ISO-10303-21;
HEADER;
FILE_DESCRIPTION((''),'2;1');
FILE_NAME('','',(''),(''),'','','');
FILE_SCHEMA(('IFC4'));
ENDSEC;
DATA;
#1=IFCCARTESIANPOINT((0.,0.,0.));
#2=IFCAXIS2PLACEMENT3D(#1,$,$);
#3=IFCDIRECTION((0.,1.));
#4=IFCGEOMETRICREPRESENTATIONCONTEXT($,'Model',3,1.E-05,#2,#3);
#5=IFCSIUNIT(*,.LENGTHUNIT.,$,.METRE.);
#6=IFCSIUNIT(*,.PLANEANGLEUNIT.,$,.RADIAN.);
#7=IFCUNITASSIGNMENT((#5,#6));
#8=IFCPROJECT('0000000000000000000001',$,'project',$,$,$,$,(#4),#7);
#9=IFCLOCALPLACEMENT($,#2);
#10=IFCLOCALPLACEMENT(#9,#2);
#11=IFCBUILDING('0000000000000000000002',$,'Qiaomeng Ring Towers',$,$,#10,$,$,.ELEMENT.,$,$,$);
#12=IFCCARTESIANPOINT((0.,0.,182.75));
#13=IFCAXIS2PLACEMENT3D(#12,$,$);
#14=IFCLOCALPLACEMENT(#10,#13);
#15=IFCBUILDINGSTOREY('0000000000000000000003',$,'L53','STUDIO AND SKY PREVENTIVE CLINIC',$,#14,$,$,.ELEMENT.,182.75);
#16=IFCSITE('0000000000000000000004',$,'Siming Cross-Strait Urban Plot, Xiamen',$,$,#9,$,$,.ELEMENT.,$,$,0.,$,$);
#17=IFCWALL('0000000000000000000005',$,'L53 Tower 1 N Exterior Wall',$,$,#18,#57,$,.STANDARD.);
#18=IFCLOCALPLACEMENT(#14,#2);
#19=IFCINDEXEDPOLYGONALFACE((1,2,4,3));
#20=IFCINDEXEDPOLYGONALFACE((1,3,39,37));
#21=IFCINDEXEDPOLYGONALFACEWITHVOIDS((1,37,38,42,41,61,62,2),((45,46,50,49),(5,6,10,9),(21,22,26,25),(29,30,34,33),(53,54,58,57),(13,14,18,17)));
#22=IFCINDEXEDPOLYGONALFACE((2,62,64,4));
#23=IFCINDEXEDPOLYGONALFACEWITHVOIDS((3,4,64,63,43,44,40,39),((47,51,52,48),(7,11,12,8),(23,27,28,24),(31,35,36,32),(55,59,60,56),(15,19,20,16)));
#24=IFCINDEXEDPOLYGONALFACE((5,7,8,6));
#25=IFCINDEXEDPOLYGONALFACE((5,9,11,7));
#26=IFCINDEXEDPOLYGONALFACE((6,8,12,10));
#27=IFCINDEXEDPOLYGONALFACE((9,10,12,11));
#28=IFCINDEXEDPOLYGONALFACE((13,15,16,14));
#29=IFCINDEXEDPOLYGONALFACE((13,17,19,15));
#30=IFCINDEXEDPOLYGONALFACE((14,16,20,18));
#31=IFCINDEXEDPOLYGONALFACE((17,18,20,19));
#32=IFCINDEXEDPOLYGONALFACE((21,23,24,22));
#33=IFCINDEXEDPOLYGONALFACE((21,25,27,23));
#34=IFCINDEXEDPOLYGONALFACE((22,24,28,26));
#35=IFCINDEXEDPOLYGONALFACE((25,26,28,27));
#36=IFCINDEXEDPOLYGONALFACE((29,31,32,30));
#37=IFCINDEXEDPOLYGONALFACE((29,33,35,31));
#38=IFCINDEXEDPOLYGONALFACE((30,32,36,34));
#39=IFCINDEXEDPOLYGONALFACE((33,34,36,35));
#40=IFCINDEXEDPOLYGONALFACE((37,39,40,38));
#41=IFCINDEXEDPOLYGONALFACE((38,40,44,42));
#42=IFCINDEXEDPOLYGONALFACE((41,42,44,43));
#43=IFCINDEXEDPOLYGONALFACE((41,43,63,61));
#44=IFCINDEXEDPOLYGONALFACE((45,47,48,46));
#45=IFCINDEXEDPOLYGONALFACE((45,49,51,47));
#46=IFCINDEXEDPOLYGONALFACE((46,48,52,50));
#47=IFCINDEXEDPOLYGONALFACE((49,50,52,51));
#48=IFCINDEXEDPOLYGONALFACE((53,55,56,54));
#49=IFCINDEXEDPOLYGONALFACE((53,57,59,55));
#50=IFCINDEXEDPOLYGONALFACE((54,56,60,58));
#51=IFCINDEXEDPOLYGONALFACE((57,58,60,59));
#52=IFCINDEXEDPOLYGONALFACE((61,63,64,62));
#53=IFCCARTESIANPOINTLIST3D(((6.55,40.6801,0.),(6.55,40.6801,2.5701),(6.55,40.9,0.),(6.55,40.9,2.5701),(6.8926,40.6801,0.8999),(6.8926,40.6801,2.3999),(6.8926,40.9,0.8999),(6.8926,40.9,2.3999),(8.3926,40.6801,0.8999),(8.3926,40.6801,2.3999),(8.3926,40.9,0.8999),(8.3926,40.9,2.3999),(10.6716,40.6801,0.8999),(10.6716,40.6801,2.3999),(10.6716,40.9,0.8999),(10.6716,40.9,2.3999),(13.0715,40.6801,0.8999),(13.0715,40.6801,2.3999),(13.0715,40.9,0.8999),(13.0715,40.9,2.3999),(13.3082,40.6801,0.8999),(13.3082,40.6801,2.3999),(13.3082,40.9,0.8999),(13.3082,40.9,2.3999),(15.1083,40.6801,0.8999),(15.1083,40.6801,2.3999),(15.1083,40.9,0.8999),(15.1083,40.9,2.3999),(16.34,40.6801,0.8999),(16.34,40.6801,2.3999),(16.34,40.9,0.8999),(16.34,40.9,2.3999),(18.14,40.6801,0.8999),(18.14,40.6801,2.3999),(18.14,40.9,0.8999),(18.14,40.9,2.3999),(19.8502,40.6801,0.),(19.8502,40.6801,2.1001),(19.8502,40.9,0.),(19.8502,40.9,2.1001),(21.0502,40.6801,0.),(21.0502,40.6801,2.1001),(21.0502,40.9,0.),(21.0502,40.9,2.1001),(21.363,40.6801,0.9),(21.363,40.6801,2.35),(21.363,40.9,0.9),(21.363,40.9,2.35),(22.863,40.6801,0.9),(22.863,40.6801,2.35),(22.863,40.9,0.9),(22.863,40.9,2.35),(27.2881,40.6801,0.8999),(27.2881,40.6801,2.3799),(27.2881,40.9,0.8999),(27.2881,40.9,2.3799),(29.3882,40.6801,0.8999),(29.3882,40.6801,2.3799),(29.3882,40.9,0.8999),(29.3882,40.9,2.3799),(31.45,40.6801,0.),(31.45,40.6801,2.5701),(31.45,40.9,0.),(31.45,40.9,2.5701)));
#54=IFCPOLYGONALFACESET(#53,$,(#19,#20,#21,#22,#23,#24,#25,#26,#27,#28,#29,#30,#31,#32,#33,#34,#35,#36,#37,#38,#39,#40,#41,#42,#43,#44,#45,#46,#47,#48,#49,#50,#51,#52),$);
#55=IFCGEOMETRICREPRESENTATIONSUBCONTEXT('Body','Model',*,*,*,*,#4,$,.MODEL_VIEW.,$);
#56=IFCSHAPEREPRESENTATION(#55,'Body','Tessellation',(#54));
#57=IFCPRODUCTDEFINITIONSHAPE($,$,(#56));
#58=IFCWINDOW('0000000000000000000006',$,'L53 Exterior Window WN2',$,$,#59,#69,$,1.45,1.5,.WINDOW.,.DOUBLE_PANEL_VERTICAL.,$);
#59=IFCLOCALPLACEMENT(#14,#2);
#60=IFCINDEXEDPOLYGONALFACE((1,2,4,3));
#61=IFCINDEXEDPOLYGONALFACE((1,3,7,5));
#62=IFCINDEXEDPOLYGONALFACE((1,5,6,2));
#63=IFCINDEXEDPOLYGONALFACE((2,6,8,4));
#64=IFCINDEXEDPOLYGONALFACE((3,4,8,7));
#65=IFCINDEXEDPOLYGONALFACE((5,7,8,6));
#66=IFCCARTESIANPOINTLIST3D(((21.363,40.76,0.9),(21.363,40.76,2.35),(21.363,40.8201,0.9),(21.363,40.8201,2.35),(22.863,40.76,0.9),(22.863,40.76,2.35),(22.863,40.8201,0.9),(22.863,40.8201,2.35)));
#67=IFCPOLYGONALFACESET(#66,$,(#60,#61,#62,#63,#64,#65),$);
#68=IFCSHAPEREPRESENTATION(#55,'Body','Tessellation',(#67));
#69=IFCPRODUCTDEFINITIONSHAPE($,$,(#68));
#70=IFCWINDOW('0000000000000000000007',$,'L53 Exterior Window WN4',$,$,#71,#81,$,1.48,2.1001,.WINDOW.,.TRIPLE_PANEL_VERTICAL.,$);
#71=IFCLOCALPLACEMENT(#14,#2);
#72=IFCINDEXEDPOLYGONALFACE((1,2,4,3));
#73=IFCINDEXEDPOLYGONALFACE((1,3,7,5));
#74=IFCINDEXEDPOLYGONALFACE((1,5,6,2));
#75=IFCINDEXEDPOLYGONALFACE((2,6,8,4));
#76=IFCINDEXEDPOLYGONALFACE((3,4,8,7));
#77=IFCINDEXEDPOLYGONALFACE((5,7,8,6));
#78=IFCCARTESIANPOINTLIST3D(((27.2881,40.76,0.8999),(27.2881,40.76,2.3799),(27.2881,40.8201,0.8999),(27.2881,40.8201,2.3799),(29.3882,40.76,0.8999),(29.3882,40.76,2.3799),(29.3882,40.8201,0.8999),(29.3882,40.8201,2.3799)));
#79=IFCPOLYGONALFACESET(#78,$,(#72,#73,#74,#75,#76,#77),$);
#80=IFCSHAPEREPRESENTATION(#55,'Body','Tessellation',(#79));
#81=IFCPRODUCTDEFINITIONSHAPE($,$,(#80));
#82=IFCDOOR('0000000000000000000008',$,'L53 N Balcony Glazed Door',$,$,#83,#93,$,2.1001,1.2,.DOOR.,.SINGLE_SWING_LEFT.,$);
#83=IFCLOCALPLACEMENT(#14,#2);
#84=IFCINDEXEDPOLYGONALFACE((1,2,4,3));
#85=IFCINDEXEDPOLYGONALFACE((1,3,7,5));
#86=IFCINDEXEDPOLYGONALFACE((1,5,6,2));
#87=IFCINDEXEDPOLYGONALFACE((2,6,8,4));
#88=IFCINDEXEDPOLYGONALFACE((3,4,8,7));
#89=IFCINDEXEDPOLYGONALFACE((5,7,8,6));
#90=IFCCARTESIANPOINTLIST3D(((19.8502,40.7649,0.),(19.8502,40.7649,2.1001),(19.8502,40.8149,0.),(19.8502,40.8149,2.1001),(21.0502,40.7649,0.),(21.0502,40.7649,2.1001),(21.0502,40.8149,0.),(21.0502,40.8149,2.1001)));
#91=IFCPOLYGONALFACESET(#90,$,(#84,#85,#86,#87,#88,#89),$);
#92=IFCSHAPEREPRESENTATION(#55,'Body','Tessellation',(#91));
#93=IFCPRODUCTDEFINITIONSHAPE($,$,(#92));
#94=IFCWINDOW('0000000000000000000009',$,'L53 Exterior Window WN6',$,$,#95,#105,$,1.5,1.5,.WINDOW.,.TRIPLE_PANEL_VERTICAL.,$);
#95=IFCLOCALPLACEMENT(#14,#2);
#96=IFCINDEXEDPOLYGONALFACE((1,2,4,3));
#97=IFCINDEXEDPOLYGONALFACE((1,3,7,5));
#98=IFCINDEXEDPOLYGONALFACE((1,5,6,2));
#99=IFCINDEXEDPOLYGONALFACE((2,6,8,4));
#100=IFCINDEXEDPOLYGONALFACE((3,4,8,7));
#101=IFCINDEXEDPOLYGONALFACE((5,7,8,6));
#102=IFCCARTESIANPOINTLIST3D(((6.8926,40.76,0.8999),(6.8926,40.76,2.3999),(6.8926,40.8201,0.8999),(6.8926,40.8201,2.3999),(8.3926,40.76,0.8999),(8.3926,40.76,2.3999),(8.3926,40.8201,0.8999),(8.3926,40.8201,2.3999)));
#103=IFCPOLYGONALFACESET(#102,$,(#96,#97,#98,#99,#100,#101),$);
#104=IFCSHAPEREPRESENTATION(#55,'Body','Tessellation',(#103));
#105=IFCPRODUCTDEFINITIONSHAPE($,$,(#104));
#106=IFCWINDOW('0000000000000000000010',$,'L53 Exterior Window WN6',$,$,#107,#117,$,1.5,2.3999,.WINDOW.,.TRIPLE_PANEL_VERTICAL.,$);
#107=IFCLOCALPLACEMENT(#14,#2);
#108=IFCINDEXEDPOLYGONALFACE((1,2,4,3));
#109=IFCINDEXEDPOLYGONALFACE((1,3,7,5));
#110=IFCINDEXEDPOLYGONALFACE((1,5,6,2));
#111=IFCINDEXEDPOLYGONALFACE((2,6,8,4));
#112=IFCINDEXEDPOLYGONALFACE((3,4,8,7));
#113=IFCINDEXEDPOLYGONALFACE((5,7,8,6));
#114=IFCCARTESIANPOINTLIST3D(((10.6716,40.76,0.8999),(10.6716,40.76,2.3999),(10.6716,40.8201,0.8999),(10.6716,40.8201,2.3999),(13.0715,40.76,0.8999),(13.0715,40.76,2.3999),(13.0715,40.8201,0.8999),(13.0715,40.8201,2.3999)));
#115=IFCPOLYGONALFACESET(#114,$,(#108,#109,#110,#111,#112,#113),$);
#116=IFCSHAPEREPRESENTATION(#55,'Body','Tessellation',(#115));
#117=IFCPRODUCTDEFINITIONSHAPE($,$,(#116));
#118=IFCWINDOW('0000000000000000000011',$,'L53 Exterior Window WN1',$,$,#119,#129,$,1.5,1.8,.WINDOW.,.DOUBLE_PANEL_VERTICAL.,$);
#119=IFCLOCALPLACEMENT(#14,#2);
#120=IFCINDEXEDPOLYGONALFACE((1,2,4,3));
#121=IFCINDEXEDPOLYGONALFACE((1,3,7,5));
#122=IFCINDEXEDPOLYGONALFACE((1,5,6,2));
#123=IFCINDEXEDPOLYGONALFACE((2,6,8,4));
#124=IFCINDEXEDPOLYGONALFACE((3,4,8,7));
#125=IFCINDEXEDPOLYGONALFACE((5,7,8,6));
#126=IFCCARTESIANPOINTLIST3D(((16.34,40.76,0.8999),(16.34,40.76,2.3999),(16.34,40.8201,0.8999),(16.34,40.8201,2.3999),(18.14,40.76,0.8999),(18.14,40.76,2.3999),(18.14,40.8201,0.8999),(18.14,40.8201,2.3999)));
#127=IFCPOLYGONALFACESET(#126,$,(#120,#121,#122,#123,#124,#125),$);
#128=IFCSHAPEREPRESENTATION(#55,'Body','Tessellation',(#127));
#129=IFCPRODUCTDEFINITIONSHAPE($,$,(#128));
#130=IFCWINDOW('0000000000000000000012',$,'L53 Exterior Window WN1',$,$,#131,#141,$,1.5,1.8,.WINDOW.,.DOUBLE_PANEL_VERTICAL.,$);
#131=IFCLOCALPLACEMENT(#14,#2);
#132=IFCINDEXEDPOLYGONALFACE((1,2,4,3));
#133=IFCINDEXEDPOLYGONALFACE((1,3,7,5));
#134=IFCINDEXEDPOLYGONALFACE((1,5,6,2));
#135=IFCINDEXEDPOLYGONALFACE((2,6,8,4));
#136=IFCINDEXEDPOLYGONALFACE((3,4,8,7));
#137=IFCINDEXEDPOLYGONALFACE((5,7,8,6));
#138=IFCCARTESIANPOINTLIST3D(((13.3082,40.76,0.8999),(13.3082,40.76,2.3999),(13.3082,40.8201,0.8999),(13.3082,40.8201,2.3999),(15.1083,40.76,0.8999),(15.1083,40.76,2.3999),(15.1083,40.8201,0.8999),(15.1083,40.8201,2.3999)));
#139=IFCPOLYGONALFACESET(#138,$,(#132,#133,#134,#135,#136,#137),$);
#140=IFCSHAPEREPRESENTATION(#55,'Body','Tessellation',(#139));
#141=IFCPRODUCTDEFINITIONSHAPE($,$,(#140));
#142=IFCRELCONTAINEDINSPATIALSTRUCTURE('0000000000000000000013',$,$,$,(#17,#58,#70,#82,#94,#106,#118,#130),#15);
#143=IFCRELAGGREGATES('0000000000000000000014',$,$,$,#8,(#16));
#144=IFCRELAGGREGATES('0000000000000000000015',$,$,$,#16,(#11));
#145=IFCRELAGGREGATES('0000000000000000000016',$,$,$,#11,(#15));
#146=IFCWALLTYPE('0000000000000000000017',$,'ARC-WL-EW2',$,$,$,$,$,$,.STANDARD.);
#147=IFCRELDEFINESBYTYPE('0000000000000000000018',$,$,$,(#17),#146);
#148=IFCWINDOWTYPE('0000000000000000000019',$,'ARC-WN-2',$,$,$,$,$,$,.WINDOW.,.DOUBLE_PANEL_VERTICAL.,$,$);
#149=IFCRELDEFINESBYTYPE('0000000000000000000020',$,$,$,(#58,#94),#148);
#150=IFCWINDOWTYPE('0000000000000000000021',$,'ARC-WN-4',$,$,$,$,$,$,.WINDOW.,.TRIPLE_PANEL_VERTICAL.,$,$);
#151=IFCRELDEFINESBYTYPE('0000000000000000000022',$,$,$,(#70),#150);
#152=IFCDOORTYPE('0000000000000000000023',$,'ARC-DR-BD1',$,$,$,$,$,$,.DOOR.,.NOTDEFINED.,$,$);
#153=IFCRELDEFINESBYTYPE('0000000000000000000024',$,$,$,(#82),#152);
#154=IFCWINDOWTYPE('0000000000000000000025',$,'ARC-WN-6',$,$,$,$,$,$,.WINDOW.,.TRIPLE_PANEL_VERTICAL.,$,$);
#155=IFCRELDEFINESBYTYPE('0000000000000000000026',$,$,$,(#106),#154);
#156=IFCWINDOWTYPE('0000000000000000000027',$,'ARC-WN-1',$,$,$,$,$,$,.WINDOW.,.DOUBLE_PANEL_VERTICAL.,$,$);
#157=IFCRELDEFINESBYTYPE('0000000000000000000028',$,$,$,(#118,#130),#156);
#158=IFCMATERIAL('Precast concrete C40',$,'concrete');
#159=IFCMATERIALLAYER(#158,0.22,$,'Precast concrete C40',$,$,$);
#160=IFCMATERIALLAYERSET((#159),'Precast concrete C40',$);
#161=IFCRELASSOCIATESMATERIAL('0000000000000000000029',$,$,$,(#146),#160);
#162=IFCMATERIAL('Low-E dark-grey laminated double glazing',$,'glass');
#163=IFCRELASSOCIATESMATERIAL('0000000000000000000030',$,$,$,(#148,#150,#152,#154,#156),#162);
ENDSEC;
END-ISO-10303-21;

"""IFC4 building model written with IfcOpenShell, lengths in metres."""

from ifc_helpers import new_model, si_unit, direction, frame, frame_2d, origin, place, context, subcontext, project, spatial, rectangle, extrude, source, transform, mapped, material, layer, layer_set, type_object, element, fill, save


model = new_model("IFC4")

# Units and contexts
model_context = context("Model", 3, precision=1e-05, world=origin(), true_north=direction((0.0, 1.0)))
body_context = subcontext(model_context, "Body", "Model", "MODEL_VIEW")
ifc_project = project(units=[si_unit("LENGTHUNIT", "METRE"), si_unit("PLANEANGLEUNIT", "RADIAN")], contexts=[model_context])

# Site, building, storey
site_placement = place(None, origin())
site = spatial("IfcSite", under=ifc_project, at=site_placement, Name="Siming Cross-Strait Urban Plot, Xiamen", CompositionType="ELEMENT", RefElevation=0.0)
building_placement = place(site_placement, origin())
building = spatial("IfcBuilding", under=site, at=building_placement, Name="Qiaomeng Ring Towers", CompositionType="ELEMENT")
storey_placement = place(building_placement, frame((0.0, 0.0, 182.75)))
storey = spatial("IfcBuildingStorey", under=building, at=storey_placement, Name="L53", Description="STUDIO AND SKY PREVENTIVE CLINIC", CompositionType="ELEMENT", Elevation=182.75)

# Wall, openings, windows, door
ifc_material_1 = material(Name="Precast concrete C40", Category="concrete")
ifc_layer = layer(ifc_material_1, 0.22, Name="Precast concrete C40")
ifc_layer_set = layer_set([ifc_layer], Name="Precast concrete C40")
wall_type = type_object("IfcWallType", Name="ARC-WL-EW2", PredefinedType="STANDARD", material=ifc_layer_set)
wall_placement = place(storey_placement, frame((6.55, 40.79, 0.0), z_axis=(0.0, 0.0, 1.0), x_axis=(1.0, 0.0, 0.0)))
wall = element("IfcWall", 1, at=wall_placement, inside=storey, type_object=wall_type, Name="L53 Tower 1 N Exterior Wall", PredefinedType="STANDARD", context=body_context, shape_type="SweptSolid", body=[
    extrude(rectangle(XDim=24.8999, YDim=0.22, at=frame_2d((12.45, 0.0))), origin(), (0.0, 0.0, 1.0), 2.5701),
])
opening_1_placement = place(wall_placement, frame((13.3, 0.0, 0.0)))
opening_1 = element("IfcOpeningElement", 2, at=opening_1_placement, cuts=wall, PredefinedType="OPENING", context=body_context, shape_type="SweptSolid", body=[
    extrude(rectangle(XDim=1.2, YDim=2.1001, at=frame_2d((0.6001, 1.05))), frame((0.0, 0.1199, 0.0), z_axis=(0.0, -1.0, 0.0), x_axis=(1.0, 0.0, 0.0)), (0.0, 0.0, 1.0), 0.24),
])
opening_2_placement = place(wall_placement, frame((0.3425, 0.0, 0.8999)))
opening_2 = element("IfcOpeningElement", 3, at=opening_2_placement, cuts=wall, PredefinedType="OPENING", context=body_context, shape_type="SweptSolid", body=[
    extrude(rectangle(XDim=1.5, YDim=1.5, at=frame_2d((0.75, 0.75))), frame((0.0, 0.1199, 0.0), z_axis=(0.0, -1.0, 0.0), x_axis=(1.0, 0.0, 0.0)), (0.0, 0.0, 1.0), 0.24),
])
opening_3_placement = place(wall_placement, frame((9.79, 0.0, 0.8999)))
opening_3 = element("IfcOpeningElement", 4, at=opening_3_placement, cuts=wall, PredefinedType="OPENING", context=body_context, shape_type="SweptSolid", body=[
    extrude(rectangle(XDim=1.8, YDim=1.5, at=frame_2d((0.8999, 0.75))), frame((0.0, 0.1199, 0.0), z_axis=(0.0, -1.0, 0.0), x_axis=(1.0, 0.0, 0.0)), (0.0, 0.0, 1.0), 0.24),
])
opening_4_placement = place(wall_placement, frame((14.813, 0.0, 0.8999)))
opening_4 = element("IfcOpeningElement", 5, at=opening_4_placement, cuts=wall, PredefinedType="OPENING", context=body_context, shape_type="SweptSolid", body=[
    extrude(rectangle(XDim=1.5, YDim=1.45, at=frame_2d((0.75, 0.7251))), frame((0.0, 0.1199, 0.0), z_axis=(0.0, -1.0, 0.0), x_axis=(1.0, 0.0, 0.0)), (0.0, 0.0, 1.0), 0.24),
])
opening_5_placement = place(wall_placement, frame((20.738, 0.0, 0.8999)))
opening_5 = element("IfcOpeningElement", 6, at=opening_5_placement, cuts=wall, PredefinedType="OPENING", context=body_context, shape_type="SweptSolid", body=[
    extrude(rectangle(XDim=2.1001, YDim=1.48, at=frame_2d((1.05, 0.74))), frame((0.0, 0.1199, 0.0), z_axis=(0.0, -1.0, 0.0), x_axis=(1.0, 0.0, 0.0)), (0.0, 0.0, 1.0), 0.24),
])
opening_6_placement = place(wall_placement, frame((4.1216, 0.0, 0.8999)))
opening_6 = element("IfcOpeningElement", 7, at=opening_6_placement, cuts=wall, PredefinedType="OPENING", context=body_context, shape_type="SweptSolid", body=[
    extrude(rectangle(XDim=2.3999, YDim=1.5, at=frame_2d((1.2, 0.75))), frame((0.0, 0.1199, 0.0), z_axis=(0.0, -1.0, 0.0), x_axis=(1.0, 0.0, 0.0)), (0.0, 0.0, 1.0), 0.24),
])
opening_7_placement = place(wall_placement, frame((6.7583, 0.0, 0.8999)))
opening_7 = element("IfcOpeningElement", 8, at=opening_7_placement, cuts=wall, PredefinedType="OPENING", context=body_context, shape_type="SweptSolid", body=[
    extrude(rectangle(XDim=1.8, YDim=1.5, at=frame_2d((0.8999, 0.75))), frame((0.0, 0.1199, 0.0), z_axis=(0.0, -1.0, 0.0), x_axis=(1.0, 0.0, 0.0)), (0.0, 0.0, 1.0), 0.24),
])
ifc_material_2 = material(Name="Low-E dark-grey laminated double glazing", Category="glass")
window_type_1 = type_object("IfcWindowType", Name="ARC-WN-2", PartitioningType="DOUBLE_PANEL_VERTICAL", PredefinedType="WINDOW", material=ifc_material_2)
shared_shape_1 = source(origin(), body_context, "Body", "SweptSolid", [
    extrude(rectangle(XDim=1.5, YDim=1.45, at=frame_2d((0.75, 0.7251))), frame((0.0, 0.03, 0.0), z_axis=(0.0, -1.0, 0.0), x_axis=(1.0, 0.0, 0.0)), (0.0, 0.0, 1.0), 0.0601),
])
window_1_placement = place(opening_4_placement, origin())
window_1 = element("IfcWindow", 9, at=window_1_placement, inside=storey, type_object=window_type_1, Name="L53 Exterior Window WN2", OverallHeight=1.45, OverallWidth=1.5, PartitioningType="DOUBLE_PANEL_VERTICAL", PredefinedType="WINDOW", context=body_context, shape_type="MappedRepresentation", body=[
    mapped(shared_shape_1, transform((0.0, 0.0, 0.0), x_axis=(1.0, 0.0, 0.0), y_axis=(0.0, 1.0, 0.0), z_axis=(0.0, 0.0, 1.0), scale=1.0)),
])
fill(opening_4, window_1)
window_type_2 = type_object("IfcWindowType", Name="ARC-WN-4", PartitioningType="TRIPLE_PANEL_VERTICAL", PredefinedType="WINDOW", material=ifc_material_2)
shared_shape_2 = source(origin(), body_context, "Body", "SweptSolid", [
    extrude(rectangle(XDim=2.1001, YDim=1.48, at=frame_2d((1.05, 0.74))), frame((0.0, 0.03, 0.0), z_axis=(0.0, -1.0, 0.0), x_axis=(1.0, 0.0, 0.0)), (0.0, 0.0, 1.0), 0.0601),
])
window_2_placement = place(opening_5_placement, origin())
window_2 = element("IfcWindow", 10, at=window_2_placement, inside=storey, type_object=window_type_2, Name="L53 Exterior Window WN4", OverallHeight=1.48, OverallWidth=2.1001, PartitioningType="TRIPLE_PANEL_VERTICAL", PredefinedType="WINDOW", context=body_context, shape_type="MappedRepresentation", body=[
    mapped(shared_shape_2, transform((0.0, 0.0, 0.0), x_axis=(1.0, 0.0, 0.0), y_axis=(0.0, 1.0, 0.0), z_axis=(0.0, 0.0, 1.0), scale=1.0)),
])
fill(opening_5, window_2)
door_type = type_object("IfcDoorType", Name="ARC-DR-BD1", OperationType="NOTDEFINED", PredefinedType="DOOR", material=ifc_material_2)
shared_shape_3 = source(origin(), body_context, "Body", "SweptSolid", [
    extrude(rectangle(XDim=1.2, YDim=2.1001, at=frame_2d((0.6001, 1.05))), frame((0.0, 0.0249, 0.0), z_axis=(0.0, -1.0, 0.0), x_axis=(1.0, 0.0, 0.0)), (0.0, 0.0, 1.0), 0.05),
])
door_placement = place(opening_1_placement, origin())
door = element("IfcDoor", 11, at=door_placement, inside=storey, type_object=door_type, Name="L53 N Balcony Glazed Door", OperationType="SINGLE_SWING_LEFT", OverallHeight=2.1001, OverallWidth=1.2, PredefinedType="DOOR", context=body_context, shape_type="MappedRepresentation", body=[
    mapped(shared_shape_3, transform((0.0, 0.0, 0.0), x_axis=(1.0, 0.0, 0.0), y_axis=(0.0, 1.0, 0.0), z_axis=(0.0, 0.0, 1.0), scale=1.0)),
])
fill(opening_1, door)
shared_shape_4 = source(origin(), body_context, "Body", "SweptSolid", [
    extrude(rectangle(XDim=1.5, YDim=1.5, at=frame_2d((0.75, 0.75))), frame((0.0, 0.03, 0.0), z_axis=(0.0, -1.0, 0.0), x_axis=(1.0, 0.0, 0.0)), (0.0, 0.0, 1.0), 0.0601),
])
window_3_placement = place(opening_2_placement, origin())
window_3 = element("IfcWindow", 12, at=window_3_placement, inside=storey, type_object=window_type_1, Name="L53 Exterior Window WN6", OverallHeight=1.5, OverallWidth=1.5, PartitioningType="TRIPLE_PANEL_VERTICAL", PredefinedType="WINDOW", context=body_context, shape_type="MappedRepresentation", body=[
    mapped(shared_shape_4, transform((0.0, 0.0, 0.0), x_axis=(1.0, 0.0, 0.0), y_axis=(0.0, 1.0, 0.0), z_axis=(0.0, 0.0, 1.0), scale=1.0)),
])
fill(opening_2, window_3)
window_type_3 = type_object("IfcWindowType", Name="ARC-WN-6", PartitioningType="TRIPLE_PANEL_VERTICAL", PredefinedType="WINDOW", material=ifc_material_2)
shared_shape_5 = source(origin(), body_context, "Body", "SweptSolid", [
    extrude(rectangle(XDim=2.3999, YDim=1.5, at=frame_2d((1.2, 0.75))), frame((0.0, 0.03, 0.0), z_axis=(0.0, -1.0, 0.0), x_axis=(1.0, 0.0, 0.0)), (0.0, 0.0, 1.0), 0.0601),
])
window_4_placement = place(opening_6_placement, origin())
window_4 = element("IfcWindow", 13, at=window_4_placement, inside=storey, type_object=window_type_3, Name="L53 Exterior Window WN6", OverallHeight=1.5, OverallWidth=2.3999, PartitioningType="TRIPLE_PANEL_VERTICAL", PredefinedType="WINDOW", context=body_context, shape_type="MappedRepresentation", body=[
    mapped(shared_shape_5, transform((0.0, 0.0, 0.0), x_axis=(1.0, 0.0, 0.0), y_axis=(0.0, 1.0, 0.0), z_axis=(0.0, 0.0, 1.0), scale=1.0)),
])
fill(opening_6, window_4)
window_type_4 = type_object("IfcWindowType", Name="ARC-WN-1", PartitioningType="DOUBLE_PANEL_VERTICAL", PredefinedType="WINDOW", material=ifc_material_2)
shared_shape_6 = source(origin(), body_context, "Body", "SweptSolid", [
    extrude(rectangle(XDim=1.8, YDim=1.5, at=frame_2d((0.8999, 0.75))), frame((0.0, 0.03, 0.0), z_axis=(0.0, -1.0, 0.0), x_axis=(1.0, 0.0, 0.0)), (0.0, 0.0, 1.0), 0.0601),
])
window_5_placement = place(opening_3_placement, origin())
window_5 = element("IfcWindow", 14, at=window_5_placement, inside=storey, type_object=window_type_4, Name="L53 Exterior Window WN1", OverallHeight=1.5, OverallWidth=1.8, PartitioningType="DOUBLE_PANEL_VERTICAL", PredefinedType="WINDOW", context=body_context, shape_type="MappedRepresentation", body=[
    mapped(shared_shape_6, transform((0.0, 0.0, 0.0), x_axis=(1.0, 0.0, 0.0), y_axis=(0.0, 1.0, 0.0), z_axis=(0.0, 0.0, 1.0), scale=1.0)),
])
fill(opening_3, window_5)
window_6_placement = place(opening_7_placement, origin())
window_6 = element("IfcWindow", 15, at=window_6_placement, inside=storey, type_object=window_type_4, Name="L53 Exterior Window WN1", OverallHeight=1.5, OverallWidth=1.8, PartitioningType="DOUBLE_PANEL_VERTICAL", PredefinedType="WINDOW", context=body_context, shape_type="MappedRepresentation", body=[
    mapped(shared_shape_6, transform((0.0, 0.0, 0.0), x_axis=(1.0, 0.0, 0.0), y_axis=(0.0, 1.0, 0.0), z_axis=(0.0, 0.0, 1.0), scale=1.0)),
])
fill(opening_7, window_6)

save(model, "model.ifc")
